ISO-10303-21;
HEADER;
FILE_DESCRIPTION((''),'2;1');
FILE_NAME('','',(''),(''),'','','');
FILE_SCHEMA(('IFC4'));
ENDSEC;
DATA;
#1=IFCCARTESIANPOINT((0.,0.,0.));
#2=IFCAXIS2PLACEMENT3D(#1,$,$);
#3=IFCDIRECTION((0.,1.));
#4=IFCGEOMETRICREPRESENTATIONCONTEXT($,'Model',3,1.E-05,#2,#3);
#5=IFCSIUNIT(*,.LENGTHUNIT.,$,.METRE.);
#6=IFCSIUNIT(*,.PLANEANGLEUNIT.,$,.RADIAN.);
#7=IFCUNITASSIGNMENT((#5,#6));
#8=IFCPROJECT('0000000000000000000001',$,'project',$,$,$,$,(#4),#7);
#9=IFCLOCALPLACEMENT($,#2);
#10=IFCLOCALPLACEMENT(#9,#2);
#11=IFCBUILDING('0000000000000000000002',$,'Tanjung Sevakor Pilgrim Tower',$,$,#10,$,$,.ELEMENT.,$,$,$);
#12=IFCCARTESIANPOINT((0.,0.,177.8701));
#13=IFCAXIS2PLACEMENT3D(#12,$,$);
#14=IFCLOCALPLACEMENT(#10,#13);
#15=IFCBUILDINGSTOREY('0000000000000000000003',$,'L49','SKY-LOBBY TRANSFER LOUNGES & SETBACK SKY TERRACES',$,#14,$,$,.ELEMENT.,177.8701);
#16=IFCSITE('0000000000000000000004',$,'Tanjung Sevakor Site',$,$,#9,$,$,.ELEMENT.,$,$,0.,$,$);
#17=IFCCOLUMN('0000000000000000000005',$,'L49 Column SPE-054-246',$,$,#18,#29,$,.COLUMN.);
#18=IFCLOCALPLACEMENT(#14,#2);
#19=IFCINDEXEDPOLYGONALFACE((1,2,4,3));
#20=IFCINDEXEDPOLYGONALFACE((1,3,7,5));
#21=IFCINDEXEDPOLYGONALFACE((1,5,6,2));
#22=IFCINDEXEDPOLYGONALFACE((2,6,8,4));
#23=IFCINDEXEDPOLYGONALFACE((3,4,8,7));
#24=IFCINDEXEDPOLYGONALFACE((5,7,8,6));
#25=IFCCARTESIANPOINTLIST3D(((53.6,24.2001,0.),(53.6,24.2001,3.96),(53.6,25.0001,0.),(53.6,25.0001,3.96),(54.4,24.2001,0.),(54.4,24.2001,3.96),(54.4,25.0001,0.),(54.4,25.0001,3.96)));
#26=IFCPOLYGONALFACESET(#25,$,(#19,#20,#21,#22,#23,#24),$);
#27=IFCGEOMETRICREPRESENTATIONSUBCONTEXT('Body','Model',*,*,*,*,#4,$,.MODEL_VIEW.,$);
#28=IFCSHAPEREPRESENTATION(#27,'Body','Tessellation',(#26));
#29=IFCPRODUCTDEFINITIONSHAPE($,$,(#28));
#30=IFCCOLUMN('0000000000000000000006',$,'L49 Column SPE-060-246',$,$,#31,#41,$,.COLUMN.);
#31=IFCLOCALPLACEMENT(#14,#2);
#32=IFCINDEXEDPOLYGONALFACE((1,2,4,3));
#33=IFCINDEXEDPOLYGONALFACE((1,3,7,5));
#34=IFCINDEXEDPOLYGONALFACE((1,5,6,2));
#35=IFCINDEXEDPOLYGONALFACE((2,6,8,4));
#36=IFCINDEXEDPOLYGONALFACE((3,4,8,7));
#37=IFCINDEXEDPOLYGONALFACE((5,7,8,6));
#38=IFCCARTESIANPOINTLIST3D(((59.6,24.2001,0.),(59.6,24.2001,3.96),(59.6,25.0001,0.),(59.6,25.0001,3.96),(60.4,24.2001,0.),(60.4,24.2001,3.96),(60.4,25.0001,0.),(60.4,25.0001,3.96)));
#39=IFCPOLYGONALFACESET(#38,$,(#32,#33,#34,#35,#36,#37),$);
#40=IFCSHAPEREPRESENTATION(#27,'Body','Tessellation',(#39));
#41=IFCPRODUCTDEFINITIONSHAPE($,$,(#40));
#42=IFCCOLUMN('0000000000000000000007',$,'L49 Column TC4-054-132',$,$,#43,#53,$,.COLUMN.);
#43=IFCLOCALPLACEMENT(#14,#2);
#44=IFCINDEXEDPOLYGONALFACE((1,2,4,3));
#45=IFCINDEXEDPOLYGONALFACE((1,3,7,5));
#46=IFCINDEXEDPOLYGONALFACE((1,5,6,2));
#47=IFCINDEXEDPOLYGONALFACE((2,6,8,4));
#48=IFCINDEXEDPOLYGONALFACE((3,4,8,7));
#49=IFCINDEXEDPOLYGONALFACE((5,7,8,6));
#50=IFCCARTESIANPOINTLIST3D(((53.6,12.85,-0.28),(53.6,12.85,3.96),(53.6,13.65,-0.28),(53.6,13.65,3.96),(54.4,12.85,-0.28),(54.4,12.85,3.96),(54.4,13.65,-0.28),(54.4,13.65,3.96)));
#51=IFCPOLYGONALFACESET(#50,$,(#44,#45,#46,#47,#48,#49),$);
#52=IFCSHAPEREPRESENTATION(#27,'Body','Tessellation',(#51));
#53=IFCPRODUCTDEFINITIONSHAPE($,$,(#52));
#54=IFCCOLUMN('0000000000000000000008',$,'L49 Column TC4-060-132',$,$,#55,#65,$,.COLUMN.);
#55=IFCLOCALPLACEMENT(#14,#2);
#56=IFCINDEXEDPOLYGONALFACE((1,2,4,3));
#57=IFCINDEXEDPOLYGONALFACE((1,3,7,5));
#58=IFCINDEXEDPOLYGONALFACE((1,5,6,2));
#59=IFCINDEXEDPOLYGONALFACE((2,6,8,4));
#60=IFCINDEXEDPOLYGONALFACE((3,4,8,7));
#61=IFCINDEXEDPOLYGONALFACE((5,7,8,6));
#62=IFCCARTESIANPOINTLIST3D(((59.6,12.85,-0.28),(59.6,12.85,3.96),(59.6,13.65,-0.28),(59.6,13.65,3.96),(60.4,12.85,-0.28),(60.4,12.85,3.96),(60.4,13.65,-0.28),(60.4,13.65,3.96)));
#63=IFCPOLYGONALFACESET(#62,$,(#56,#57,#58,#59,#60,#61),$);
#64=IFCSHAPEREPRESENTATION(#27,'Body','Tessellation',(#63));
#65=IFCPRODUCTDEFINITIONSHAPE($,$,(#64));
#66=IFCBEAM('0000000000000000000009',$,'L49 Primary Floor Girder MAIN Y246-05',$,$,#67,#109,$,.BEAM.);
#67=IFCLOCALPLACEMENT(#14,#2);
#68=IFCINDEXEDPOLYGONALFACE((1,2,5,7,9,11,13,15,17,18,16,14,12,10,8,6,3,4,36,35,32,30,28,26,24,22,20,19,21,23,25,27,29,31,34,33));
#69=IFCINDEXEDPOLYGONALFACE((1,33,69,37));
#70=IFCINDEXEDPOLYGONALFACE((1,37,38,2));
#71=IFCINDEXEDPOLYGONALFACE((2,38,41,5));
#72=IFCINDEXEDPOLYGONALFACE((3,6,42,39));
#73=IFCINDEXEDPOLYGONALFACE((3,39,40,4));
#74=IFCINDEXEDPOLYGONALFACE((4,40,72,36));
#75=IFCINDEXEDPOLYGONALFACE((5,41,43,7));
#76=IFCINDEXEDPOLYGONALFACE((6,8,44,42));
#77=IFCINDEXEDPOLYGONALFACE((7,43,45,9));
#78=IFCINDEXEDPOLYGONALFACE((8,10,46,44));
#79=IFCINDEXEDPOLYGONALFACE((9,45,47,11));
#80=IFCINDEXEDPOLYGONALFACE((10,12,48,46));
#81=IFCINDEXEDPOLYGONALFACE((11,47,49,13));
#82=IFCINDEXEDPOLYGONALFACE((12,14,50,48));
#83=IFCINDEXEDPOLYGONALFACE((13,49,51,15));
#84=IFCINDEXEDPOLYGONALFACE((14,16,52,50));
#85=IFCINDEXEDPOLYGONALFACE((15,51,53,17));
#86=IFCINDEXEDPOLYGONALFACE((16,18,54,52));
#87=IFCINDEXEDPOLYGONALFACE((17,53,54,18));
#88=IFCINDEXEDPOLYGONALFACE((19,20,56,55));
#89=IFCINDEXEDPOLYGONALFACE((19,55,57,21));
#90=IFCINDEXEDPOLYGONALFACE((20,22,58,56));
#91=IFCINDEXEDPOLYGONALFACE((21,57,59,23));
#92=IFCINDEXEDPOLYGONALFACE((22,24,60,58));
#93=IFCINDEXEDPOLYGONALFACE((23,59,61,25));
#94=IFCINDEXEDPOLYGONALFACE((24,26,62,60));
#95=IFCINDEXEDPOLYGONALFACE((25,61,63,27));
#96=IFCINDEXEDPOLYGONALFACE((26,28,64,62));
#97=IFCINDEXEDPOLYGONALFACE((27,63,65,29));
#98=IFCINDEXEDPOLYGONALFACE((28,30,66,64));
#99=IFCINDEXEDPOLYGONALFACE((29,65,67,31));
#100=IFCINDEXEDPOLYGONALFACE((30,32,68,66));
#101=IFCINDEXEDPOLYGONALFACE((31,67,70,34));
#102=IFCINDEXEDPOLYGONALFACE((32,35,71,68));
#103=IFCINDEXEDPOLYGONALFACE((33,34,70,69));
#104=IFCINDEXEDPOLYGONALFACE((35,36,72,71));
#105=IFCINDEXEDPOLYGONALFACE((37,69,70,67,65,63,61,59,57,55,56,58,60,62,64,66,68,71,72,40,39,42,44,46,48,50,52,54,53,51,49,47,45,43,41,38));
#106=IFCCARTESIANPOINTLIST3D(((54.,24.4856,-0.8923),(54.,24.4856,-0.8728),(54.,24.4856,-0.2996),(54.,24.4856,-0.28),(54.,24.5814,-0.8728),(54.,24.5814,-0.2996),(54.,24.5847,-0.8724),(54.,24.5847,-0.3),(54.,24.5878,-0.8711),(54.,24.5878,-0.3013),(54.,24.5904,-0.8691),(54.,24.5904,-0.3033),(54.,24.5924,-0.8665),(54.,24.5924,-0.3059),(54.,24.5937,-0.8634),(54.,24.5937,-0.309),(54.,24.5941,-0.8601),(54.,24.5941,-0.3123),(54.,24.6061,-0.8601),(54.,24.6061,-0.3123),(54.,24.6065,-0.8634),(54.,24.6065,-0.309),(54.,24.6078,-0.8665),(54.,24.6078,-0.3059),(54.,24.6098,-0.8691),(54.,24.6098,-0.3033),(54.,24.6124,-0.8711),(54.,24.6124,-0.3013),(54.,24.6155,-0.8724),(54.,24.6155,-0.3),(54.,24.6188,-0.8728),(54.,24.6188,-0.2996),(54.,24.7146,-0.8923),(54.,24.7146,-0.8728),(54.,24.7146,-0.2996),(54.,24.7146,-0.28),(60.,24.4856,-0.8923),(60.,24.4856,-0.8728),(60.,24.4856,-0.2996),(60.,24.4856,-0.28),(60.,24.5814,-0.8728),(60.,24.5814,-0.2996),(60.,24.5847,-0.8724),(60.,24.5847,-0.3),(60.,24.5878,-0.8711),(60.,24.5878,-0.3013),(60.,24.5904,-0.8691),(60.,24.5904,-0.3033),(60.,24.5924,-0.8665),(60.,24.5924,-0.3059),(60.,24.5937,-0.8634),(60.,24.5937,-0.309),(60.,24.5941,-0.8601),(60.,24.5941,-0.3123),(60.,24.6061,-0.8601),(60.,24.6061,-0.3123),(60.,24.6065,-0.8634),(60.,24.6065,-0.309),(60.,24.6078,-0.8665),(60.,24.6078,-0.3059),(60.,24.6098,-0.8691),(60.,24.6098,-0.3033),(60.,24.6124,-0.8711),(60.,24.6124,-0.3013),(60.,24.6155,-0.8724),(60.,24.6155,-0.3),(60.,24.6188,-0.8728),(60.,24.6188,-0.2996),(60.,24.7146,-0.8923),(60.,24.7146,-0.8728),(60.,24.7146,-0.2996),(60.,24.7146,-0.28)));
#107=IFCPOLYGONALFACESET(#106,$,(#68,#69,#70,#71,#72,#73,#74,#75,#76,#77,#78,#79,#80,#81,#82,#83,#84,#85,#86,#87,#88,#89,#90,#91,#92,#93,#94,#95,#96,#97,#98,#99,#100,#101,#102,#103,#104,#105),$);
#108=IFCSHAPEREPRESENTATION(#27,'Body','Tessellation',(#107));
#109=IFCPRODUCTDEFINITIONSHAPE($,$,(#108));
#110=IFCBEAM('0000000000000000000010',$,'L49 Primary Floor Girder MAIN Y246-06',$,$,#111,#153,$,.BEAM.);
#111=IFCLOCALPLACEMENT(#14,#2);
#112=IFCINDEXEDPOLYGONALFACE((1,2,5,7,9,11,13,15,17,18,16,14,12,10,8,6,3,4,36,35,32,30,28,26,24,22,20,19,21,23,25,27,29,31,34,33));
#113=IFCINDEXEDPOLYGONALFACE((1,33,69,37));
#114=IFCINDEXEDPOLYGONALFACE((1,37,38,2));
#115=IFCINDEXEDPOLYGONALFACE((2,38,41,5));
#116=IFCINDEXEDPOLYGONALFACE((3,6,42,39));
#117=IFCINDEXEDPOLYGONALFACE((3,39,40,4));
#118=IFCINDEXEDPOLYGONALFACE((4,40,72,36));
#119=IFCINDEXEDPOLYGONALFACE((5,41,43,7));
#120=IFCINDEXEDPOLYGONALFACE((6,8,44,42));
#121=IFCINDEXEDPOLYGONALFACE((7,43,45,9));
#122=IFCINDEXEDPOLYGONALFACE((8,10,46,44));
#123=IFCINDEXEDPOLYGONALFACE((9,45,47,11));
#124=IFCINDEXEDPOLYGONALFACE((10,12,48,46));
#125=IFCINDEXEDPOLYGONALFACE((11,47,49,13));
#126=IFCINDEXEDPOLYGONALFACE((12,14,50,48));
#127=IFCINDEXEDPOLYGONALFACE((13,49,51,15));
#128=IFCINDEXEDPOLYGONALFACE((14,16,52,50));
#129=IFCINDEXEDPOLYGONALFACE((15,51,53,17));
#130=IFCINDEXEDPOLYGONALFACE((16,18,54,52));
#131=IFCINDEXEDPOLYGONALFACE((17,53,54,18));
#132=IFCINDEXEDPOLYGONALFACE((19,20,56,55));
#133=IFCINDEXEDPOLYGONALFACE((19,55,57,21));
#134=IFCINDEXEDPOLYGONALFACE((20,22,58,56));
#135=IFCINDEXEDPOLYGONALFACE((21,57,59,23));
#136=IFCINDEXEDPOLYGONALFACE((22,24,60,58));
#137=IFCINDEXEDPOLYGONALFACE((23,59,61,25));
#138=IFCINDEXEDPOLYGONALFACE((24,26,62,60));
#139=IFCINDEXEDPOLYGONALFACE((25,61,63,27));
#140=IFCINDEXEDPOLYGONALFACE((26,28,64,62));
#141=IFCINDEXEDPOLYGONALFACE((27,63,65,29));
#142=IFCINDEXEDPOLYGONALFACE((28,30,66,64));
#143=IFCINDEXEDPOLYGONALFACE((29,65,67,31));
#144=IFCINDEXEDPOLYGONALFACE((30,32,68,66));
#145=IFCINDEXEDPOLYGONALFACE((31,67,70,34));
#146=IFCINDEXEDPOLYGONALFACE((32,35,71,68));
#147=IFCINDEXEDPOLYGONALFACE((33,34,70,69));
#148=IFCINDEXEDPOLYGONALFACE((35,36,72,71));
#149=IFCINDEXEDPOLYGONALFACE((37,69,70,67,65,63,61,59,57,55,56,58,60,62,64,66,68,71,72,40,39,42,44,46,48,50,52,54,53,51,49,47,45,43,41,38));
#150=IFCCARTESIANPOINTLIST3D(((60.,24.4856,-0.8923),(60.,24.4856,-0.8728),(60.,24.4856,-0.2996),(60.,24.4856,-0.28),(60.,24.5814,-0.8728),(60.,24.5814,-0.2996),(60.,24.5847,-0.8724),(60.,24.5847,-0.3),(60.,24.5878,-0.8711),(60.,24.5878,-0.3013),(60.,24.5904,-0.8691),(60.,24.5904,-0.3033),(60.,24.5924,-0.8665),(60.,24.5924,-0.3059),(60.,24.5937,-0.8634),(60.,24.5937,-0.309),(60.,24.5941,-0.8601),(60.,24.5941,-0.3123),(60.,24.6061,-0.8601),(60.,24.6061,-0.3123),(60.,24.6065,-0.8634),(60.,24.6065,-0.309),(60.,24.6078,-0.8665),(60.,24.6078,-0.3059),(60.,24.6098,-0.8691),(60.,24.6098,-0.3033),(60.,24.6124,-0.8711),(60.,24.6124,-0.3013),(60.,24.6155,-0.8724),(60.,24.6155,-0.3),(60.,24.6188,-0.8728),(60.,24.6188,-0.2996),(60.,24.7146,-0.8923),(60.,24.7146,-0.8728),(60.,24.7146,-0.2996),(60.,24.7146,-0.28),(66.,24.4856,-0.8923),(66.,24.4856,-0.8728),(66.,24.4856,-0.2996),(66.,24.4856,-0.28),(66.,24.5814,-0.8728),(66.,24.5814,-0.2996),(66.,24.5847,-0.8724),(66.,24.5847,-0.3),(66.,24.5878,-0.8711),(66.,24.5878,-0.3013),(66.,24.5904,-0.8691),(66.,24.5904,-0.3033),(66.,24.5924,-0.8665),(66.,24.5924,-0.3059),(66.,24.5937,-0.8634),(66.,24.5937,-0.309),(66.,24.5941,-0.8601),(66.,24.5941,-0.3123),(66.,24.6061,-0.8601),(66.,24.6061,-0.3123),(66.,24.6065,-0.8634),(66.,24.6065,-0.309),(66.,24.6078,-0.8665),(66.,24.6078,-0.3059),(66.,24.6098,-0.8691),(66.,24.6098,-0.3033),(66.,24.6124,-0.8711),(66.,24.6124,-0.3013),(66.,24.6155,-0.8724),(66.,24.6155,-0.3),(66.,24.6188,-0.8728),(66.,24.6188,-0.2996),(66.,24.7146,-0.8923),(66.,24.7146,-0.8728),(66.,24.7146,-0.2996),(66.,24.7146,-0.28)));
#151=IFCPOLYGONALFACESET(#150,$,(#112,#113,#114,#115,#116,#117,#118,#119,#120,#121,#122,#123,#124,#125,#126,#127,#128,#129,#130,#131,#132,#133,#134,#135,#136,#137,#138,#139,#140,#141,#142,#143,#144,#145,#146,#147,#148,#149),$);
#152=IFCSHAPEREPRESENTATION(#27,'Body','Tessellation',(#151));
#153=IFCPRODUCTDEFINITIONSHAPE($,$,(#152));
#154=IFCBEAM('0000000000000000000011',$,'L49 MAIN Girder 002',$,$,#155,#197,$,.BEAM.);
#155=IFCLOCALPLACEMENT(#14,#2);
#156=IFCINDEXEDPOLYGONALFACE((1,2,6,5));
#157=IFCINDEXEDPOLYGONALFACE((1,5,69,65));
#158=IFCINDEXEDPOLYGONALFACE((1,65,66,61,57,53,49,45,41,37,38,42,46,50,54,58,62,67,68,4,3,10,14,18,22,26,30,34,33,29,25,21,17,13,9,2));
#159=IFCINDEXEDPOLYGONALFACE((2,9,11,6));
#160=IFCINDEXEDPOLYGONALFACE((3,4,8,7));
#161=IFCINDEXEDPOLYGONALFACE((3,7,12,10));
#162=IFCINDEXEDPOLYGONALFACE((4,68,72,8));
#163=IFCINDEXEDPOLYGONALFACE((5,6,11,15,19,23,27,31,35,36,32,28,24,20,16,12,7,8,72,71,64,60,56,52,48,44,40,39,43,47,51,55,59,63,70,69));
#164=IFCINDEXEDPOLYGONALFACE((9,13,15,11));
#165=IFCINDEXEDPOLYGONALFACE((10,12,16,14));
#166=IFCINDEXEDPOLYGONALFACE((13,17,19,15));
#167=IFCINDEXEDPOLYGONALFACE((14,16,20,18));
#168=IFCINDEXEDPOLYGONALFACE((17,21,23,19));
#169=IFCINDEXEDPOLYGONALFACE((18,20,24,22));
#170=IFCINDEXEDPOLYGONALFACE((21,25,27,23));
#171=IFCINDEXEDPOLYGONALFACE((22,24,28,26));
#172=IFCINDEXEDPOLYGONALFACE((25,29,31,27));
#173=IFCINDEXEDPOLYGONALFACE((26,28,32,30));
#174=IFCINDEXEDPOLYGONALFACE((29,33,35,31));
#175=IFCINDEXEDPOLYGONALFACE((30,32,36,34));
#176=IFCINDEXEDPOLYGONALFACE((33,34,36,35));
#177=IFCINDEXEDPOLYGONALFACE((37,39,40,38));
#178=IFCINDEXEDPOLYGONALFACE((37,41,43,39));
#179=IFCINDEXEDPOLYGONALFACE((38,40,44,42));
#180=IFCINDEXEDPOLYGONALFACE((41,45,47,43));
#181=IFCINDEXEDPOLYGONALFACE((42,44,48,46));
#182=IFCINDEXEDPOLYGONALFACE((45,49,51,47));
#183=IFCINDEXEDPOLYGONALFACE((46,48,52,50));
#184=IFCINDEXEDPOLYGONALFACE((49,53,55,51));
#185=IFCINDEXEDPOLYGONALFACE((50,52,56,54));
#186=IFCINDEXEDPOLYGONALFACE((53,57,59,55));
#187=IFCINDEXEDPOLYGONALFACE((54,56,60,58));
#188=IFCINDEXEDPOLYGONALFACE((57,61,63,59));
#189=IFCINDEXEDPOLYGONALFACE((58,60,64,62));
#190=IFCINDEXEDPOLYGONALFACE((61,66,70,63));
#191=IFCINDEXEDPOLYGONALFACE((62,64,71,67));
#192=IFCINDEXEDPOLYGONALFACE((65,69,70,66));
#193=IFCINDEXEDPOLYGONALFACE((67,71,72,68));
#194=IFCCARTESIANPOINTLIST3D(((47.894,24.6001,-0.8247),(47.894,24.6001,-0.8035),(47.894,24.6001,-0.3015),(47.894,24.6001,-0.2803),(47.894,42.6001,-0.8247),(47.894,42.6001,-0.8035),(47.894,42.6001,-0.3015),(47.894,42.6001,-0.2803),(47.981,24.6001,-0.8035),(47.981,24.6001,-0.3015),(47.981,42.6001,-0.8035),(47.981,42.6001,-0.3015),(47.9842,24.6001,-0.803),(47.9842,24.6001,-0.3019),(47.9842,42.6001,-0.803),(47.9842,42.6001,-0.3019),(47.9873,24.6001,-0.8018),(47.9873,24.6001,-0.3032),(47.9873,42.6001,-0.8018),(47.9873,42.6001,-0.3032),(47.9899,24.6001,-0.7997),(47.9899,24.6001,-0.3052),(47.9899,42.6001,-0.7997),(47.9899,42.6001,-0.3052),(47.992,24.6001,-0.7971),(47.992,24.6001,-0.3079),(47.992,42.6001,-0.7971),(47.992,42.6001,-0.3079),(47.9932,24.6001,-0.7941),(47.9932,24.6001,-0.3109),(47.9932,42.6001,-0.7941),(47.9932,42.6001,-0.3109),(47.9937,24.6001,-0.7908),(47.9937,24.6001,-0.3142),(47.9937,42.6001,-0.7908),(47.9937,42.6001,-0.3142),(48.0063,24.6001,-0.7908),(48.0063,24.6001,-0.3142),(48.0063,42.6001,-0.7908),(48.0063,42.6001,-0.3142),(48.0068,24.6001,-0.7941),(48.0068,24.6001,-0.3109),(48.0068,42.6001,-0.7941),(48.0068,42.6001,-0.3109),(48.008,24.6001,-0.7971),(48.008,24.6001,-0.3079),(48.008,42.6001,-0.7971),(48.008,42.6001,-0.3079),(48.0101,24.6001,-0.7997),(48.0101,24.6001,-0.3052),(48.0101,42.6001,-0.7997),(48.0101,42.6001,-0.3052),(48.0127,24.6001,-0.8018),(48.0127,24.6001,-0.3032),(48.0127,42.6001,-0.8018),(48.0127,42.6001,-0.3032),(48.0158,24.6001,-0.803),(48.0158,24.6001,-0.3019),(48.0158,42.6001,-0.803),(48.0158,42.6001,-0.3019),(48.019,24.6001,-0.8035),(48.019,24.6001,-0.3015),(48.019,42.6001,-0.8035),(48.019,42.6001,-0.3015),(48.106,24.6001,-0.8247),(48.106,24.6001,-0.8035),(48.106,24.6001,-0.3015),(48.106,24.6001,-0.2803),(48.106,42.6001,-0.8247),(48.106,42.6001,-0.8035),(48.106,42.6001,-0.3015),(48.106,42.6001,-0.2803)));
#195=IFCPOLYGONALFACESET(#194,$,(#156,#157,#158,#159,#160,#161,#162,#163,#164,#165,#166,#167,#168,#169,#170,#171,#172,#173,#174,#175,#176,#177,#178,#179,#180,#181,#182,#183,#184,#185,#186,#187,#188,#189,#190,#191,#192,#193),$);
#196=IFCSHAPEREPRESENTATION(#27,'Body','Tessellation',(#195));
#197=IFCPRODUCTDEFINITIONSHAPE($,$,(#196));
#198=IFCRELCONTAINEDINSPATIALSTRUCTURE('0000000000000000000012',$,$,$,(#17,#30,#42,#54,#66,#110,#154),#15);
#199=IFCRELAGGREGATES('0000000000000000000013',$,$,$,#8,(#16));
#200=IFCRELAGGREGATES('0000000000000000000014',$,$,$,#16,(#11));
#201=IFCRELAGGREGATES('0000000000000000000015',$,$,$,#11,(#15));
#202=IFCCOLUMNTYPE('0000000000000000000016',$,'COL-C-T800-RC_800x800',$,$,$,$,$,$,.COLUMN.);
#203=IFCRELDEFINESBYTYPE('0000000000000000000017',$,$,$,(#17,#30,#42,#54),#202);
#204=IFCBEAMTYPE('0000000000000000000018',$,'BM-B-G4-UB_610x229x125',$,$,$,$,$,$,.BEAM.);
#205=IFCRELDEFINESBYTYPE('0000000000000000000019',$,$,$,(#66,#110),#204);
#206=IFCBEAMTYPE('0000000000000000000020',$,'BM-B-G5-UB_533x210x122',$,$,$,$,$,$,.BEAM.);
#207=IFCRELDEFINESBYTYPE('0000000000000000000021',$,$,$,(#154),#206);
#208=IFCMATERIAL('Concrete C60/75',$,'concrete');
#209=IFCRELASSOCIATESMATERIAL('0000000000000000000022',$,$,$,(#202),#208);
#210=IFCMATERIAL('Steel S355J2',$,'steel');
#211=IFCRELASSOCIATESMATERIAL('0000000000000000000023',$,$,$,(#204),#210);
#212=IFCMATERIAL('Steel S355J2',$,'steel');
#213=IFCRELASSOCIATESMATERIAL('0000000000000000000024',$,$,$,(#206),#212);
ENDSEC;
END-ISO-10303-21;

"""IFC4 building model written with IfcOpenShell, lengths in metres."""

from ifc_helpers import new_model, si_unit, direction, frame, origin, origin_2d, place, context, subcontext, project, spatial, rectangle, i_section, extrude, material, material_profile, profile_set, type_object, element, save


model = new_model("IFC4")

# Units and contexts
model_context = context("Model", 3, precision=1e-05, world=origin(), true_north=direction((0.0, 1.0)))
body_context = subcontext(model_context, "Body", "Model", "MODEL_VIEW")
ifc_project = project(units=[si_unit("LENGTHUNIT", "METRE"), si_unit("PLANEANGLEUNIT", "RADIAN")], contexts=[model_context])

# Site, building, storey
site_placement = place(None, origin())
site = spatial("IfcSite", under=ifc_project, at=site_placement, Name="Tanjung Sevakor Site", CompositionType="ELEMENT", RefElevation=0.0)
building_placement = place(site_placement, origin())
building = spatial("IfcBuilding", under=site, at=building_placement, Name="Tanjung Sevakor Pilgrim Tower", CompositionType="ELEMENT")
storey_placement = place(building_placement, frame((0.0, 0.0, 177.8701)))
storey = spatial("IfcBuildingStorey", under=building, at=storey_placement, Name="L49", Description="SKY-LOBBY TRANSFER LOUNGES & SETBACK SKY TERRACES", CompositionType="ELEMENT", Elevation=177.8701)

# Columns
ifc_material_1 = material(Name="Concrete C60/75", Category="concrete")
ifc_material_profile_1 = material_profile(ifc_material_1, rectangle(XDim=0.8, YDim=0.8, at=origin_2d()))
ifc_profile_set_1 = profile_set([ifc_material_profile_1], Name="Concrete C60/75")
column_type = type_object("IfcColumnType", Name="COL-C-T800-RC_800x800", PredefinedType="COLUMN", material=ifc_profile_set_1)
for number, where, z_axis, x_axis, name in (
    (1, (54.0, 24.6001, 0.0), (0.0, 0.0, 1.0), (1.0, 0.0, 0.0), "L49 Column SPE-054-246"),
    (2, (60.0, 24.6001, 0.0), (0.0, 0.0, 1.0), (1.0, 0.0, 0.0), "L49 Column SPE-060-246"),
):
    element("IfcColumn", number, at=place(storey_placement, frame(where, z_axis=z_axis, x_axis=x_axis)), inside=storey, type_object=column_type, Name=name, PredefinedType="COLUMN", context=body_context, shape_type="SweptSolid", body=[
        extrude(rectangle(XDim=0.8, YDim=0.8, at=origin_2d()), origin(), (0.0, 0.0, 1.0), 3.96),
    ])
for number, where, z_axis, x_axis, name in (
    (3, (54.0, 13.25, -0.28), (0.0, 0.0, 1.0), (1.0, 0.0, 0.0), "L49 Column TC4-054-132"),
    (4, (60.0, 13.25, -0.28), (0.0, 0.0, 1.0), (1.0, 0.0, 0.0), "L49 Column TC4-060-132"),
):
    element("IfcColumn", number, at=place(storey_placement, frame(where, z_axis=z_axis, x_axis=x_axis)), inside=storey, type_object=column_type, Name=name, PredefinedType="COLUMN", context=body_context, shape_type="SweptSolid", body=[
        extrude(rectangle(XDim=0.8, YDim=0.8, at=origin_2d()), origin(), (0.0, 0.0, 1.0), 4.24),
    ])

# Beams
ifc_material_2 = material(Name="Steel S355J2", Category="steel")
ifc_material_profile_2 = material_profile(ifc_material_2, i_section(OverallWidth=0.229, OverallDepth=0.6123, WebThickness=0.012, FlangeThickness=0.0195, FilletRadius=0.0127, at=origin_2d()))
ifc_profile_set_2 = profile_set([ifc_material_profile_2], Name="Steel S355J2")
beam_type_1 = type_object("IfcBeamType", Name="BM-B-G4-UB_610x229x125", PredefinedType="BEAM", material=ifc_profile_set_2)
for number, where, z_axis, x_axis, name in (
    (5, (54.0, 24.6001, -0.5862), (1.0, 0.0, 0.0), (0.0, 1.0, 0.0), "L49 Primary Floor Girder MAIN Y246-05"),
    (6, (60.0, 24.6001, -0.5862), (1.0, 0.0, 0.0), (0.0, 1.0, 0.0), "L49 Primary Floor Girder MAIN Y246-06"),
):
    element("IfcBeam", number, at=place(storey_placement, frame(where, z_axis=z_axis, x_axis=x_axis)), inside=storey, type_object=beam_type_1, Name=name, PredefinedType="BEAM", context=body_context, shape_type="SweptSolid", body=[
        extrude(i_section(OverallWidth=0.229, OverallDepth=0.6123, WebThickness=0.012, FlangeThickness=0.0195, FilletRadius=0.0127, at=origin_2d()), origin(), (0.0, 0.0, 1.0), 6.0),
    ])
ifc_material_3 = material(Name="Steel S355J2", Category="steel")
ifc_material_profile_3 = material_profile(ifc_material_3, i_section(OverallWidth=0.2119, OverallDepth=0.5444, WebThickness=0.0127, FlangeThickness=0.0212, FilletRadius=0.0127, at=origin_2d()))
ifc_profile_set_3 = profile_set([ifc_material_profile_3], Name="Steel S355J2")
beam_type_2 = type_object("IfcBeamType", Name="BM-B-G5-UB_533x210x122", PredefinedType="BEAM", material=ifc_profile_set_3)
for number, where, z_axis, x_axis, name in (
    (7, (48.0, 24.6001, -0.5525), (0.0, 1.0, 0.0), (-1.0, 0.0, 0.0), "L49 MAIN Girder 002"),
):
    element("IfcBeam", number, at=place(storey_placement, frame(where, z_axis=z_axis, x_axis=x_axis)), inside=storey, type_object=beam_type_2, Name=name, PredefinedType="BEAM", context=body_context, shape_type="SweptSolid", body=[
        extrude(i_section(OverallWidth=0.2119, OverallDepth=0.5444, WebThickness=0.0127, FlangeThickness=0.0212, FilletRadius=0.0127, at=origin_2d()), origin(), (0.0, 0.0, 1.0), 18.0),
    ])

save(model, "model.ifc")
